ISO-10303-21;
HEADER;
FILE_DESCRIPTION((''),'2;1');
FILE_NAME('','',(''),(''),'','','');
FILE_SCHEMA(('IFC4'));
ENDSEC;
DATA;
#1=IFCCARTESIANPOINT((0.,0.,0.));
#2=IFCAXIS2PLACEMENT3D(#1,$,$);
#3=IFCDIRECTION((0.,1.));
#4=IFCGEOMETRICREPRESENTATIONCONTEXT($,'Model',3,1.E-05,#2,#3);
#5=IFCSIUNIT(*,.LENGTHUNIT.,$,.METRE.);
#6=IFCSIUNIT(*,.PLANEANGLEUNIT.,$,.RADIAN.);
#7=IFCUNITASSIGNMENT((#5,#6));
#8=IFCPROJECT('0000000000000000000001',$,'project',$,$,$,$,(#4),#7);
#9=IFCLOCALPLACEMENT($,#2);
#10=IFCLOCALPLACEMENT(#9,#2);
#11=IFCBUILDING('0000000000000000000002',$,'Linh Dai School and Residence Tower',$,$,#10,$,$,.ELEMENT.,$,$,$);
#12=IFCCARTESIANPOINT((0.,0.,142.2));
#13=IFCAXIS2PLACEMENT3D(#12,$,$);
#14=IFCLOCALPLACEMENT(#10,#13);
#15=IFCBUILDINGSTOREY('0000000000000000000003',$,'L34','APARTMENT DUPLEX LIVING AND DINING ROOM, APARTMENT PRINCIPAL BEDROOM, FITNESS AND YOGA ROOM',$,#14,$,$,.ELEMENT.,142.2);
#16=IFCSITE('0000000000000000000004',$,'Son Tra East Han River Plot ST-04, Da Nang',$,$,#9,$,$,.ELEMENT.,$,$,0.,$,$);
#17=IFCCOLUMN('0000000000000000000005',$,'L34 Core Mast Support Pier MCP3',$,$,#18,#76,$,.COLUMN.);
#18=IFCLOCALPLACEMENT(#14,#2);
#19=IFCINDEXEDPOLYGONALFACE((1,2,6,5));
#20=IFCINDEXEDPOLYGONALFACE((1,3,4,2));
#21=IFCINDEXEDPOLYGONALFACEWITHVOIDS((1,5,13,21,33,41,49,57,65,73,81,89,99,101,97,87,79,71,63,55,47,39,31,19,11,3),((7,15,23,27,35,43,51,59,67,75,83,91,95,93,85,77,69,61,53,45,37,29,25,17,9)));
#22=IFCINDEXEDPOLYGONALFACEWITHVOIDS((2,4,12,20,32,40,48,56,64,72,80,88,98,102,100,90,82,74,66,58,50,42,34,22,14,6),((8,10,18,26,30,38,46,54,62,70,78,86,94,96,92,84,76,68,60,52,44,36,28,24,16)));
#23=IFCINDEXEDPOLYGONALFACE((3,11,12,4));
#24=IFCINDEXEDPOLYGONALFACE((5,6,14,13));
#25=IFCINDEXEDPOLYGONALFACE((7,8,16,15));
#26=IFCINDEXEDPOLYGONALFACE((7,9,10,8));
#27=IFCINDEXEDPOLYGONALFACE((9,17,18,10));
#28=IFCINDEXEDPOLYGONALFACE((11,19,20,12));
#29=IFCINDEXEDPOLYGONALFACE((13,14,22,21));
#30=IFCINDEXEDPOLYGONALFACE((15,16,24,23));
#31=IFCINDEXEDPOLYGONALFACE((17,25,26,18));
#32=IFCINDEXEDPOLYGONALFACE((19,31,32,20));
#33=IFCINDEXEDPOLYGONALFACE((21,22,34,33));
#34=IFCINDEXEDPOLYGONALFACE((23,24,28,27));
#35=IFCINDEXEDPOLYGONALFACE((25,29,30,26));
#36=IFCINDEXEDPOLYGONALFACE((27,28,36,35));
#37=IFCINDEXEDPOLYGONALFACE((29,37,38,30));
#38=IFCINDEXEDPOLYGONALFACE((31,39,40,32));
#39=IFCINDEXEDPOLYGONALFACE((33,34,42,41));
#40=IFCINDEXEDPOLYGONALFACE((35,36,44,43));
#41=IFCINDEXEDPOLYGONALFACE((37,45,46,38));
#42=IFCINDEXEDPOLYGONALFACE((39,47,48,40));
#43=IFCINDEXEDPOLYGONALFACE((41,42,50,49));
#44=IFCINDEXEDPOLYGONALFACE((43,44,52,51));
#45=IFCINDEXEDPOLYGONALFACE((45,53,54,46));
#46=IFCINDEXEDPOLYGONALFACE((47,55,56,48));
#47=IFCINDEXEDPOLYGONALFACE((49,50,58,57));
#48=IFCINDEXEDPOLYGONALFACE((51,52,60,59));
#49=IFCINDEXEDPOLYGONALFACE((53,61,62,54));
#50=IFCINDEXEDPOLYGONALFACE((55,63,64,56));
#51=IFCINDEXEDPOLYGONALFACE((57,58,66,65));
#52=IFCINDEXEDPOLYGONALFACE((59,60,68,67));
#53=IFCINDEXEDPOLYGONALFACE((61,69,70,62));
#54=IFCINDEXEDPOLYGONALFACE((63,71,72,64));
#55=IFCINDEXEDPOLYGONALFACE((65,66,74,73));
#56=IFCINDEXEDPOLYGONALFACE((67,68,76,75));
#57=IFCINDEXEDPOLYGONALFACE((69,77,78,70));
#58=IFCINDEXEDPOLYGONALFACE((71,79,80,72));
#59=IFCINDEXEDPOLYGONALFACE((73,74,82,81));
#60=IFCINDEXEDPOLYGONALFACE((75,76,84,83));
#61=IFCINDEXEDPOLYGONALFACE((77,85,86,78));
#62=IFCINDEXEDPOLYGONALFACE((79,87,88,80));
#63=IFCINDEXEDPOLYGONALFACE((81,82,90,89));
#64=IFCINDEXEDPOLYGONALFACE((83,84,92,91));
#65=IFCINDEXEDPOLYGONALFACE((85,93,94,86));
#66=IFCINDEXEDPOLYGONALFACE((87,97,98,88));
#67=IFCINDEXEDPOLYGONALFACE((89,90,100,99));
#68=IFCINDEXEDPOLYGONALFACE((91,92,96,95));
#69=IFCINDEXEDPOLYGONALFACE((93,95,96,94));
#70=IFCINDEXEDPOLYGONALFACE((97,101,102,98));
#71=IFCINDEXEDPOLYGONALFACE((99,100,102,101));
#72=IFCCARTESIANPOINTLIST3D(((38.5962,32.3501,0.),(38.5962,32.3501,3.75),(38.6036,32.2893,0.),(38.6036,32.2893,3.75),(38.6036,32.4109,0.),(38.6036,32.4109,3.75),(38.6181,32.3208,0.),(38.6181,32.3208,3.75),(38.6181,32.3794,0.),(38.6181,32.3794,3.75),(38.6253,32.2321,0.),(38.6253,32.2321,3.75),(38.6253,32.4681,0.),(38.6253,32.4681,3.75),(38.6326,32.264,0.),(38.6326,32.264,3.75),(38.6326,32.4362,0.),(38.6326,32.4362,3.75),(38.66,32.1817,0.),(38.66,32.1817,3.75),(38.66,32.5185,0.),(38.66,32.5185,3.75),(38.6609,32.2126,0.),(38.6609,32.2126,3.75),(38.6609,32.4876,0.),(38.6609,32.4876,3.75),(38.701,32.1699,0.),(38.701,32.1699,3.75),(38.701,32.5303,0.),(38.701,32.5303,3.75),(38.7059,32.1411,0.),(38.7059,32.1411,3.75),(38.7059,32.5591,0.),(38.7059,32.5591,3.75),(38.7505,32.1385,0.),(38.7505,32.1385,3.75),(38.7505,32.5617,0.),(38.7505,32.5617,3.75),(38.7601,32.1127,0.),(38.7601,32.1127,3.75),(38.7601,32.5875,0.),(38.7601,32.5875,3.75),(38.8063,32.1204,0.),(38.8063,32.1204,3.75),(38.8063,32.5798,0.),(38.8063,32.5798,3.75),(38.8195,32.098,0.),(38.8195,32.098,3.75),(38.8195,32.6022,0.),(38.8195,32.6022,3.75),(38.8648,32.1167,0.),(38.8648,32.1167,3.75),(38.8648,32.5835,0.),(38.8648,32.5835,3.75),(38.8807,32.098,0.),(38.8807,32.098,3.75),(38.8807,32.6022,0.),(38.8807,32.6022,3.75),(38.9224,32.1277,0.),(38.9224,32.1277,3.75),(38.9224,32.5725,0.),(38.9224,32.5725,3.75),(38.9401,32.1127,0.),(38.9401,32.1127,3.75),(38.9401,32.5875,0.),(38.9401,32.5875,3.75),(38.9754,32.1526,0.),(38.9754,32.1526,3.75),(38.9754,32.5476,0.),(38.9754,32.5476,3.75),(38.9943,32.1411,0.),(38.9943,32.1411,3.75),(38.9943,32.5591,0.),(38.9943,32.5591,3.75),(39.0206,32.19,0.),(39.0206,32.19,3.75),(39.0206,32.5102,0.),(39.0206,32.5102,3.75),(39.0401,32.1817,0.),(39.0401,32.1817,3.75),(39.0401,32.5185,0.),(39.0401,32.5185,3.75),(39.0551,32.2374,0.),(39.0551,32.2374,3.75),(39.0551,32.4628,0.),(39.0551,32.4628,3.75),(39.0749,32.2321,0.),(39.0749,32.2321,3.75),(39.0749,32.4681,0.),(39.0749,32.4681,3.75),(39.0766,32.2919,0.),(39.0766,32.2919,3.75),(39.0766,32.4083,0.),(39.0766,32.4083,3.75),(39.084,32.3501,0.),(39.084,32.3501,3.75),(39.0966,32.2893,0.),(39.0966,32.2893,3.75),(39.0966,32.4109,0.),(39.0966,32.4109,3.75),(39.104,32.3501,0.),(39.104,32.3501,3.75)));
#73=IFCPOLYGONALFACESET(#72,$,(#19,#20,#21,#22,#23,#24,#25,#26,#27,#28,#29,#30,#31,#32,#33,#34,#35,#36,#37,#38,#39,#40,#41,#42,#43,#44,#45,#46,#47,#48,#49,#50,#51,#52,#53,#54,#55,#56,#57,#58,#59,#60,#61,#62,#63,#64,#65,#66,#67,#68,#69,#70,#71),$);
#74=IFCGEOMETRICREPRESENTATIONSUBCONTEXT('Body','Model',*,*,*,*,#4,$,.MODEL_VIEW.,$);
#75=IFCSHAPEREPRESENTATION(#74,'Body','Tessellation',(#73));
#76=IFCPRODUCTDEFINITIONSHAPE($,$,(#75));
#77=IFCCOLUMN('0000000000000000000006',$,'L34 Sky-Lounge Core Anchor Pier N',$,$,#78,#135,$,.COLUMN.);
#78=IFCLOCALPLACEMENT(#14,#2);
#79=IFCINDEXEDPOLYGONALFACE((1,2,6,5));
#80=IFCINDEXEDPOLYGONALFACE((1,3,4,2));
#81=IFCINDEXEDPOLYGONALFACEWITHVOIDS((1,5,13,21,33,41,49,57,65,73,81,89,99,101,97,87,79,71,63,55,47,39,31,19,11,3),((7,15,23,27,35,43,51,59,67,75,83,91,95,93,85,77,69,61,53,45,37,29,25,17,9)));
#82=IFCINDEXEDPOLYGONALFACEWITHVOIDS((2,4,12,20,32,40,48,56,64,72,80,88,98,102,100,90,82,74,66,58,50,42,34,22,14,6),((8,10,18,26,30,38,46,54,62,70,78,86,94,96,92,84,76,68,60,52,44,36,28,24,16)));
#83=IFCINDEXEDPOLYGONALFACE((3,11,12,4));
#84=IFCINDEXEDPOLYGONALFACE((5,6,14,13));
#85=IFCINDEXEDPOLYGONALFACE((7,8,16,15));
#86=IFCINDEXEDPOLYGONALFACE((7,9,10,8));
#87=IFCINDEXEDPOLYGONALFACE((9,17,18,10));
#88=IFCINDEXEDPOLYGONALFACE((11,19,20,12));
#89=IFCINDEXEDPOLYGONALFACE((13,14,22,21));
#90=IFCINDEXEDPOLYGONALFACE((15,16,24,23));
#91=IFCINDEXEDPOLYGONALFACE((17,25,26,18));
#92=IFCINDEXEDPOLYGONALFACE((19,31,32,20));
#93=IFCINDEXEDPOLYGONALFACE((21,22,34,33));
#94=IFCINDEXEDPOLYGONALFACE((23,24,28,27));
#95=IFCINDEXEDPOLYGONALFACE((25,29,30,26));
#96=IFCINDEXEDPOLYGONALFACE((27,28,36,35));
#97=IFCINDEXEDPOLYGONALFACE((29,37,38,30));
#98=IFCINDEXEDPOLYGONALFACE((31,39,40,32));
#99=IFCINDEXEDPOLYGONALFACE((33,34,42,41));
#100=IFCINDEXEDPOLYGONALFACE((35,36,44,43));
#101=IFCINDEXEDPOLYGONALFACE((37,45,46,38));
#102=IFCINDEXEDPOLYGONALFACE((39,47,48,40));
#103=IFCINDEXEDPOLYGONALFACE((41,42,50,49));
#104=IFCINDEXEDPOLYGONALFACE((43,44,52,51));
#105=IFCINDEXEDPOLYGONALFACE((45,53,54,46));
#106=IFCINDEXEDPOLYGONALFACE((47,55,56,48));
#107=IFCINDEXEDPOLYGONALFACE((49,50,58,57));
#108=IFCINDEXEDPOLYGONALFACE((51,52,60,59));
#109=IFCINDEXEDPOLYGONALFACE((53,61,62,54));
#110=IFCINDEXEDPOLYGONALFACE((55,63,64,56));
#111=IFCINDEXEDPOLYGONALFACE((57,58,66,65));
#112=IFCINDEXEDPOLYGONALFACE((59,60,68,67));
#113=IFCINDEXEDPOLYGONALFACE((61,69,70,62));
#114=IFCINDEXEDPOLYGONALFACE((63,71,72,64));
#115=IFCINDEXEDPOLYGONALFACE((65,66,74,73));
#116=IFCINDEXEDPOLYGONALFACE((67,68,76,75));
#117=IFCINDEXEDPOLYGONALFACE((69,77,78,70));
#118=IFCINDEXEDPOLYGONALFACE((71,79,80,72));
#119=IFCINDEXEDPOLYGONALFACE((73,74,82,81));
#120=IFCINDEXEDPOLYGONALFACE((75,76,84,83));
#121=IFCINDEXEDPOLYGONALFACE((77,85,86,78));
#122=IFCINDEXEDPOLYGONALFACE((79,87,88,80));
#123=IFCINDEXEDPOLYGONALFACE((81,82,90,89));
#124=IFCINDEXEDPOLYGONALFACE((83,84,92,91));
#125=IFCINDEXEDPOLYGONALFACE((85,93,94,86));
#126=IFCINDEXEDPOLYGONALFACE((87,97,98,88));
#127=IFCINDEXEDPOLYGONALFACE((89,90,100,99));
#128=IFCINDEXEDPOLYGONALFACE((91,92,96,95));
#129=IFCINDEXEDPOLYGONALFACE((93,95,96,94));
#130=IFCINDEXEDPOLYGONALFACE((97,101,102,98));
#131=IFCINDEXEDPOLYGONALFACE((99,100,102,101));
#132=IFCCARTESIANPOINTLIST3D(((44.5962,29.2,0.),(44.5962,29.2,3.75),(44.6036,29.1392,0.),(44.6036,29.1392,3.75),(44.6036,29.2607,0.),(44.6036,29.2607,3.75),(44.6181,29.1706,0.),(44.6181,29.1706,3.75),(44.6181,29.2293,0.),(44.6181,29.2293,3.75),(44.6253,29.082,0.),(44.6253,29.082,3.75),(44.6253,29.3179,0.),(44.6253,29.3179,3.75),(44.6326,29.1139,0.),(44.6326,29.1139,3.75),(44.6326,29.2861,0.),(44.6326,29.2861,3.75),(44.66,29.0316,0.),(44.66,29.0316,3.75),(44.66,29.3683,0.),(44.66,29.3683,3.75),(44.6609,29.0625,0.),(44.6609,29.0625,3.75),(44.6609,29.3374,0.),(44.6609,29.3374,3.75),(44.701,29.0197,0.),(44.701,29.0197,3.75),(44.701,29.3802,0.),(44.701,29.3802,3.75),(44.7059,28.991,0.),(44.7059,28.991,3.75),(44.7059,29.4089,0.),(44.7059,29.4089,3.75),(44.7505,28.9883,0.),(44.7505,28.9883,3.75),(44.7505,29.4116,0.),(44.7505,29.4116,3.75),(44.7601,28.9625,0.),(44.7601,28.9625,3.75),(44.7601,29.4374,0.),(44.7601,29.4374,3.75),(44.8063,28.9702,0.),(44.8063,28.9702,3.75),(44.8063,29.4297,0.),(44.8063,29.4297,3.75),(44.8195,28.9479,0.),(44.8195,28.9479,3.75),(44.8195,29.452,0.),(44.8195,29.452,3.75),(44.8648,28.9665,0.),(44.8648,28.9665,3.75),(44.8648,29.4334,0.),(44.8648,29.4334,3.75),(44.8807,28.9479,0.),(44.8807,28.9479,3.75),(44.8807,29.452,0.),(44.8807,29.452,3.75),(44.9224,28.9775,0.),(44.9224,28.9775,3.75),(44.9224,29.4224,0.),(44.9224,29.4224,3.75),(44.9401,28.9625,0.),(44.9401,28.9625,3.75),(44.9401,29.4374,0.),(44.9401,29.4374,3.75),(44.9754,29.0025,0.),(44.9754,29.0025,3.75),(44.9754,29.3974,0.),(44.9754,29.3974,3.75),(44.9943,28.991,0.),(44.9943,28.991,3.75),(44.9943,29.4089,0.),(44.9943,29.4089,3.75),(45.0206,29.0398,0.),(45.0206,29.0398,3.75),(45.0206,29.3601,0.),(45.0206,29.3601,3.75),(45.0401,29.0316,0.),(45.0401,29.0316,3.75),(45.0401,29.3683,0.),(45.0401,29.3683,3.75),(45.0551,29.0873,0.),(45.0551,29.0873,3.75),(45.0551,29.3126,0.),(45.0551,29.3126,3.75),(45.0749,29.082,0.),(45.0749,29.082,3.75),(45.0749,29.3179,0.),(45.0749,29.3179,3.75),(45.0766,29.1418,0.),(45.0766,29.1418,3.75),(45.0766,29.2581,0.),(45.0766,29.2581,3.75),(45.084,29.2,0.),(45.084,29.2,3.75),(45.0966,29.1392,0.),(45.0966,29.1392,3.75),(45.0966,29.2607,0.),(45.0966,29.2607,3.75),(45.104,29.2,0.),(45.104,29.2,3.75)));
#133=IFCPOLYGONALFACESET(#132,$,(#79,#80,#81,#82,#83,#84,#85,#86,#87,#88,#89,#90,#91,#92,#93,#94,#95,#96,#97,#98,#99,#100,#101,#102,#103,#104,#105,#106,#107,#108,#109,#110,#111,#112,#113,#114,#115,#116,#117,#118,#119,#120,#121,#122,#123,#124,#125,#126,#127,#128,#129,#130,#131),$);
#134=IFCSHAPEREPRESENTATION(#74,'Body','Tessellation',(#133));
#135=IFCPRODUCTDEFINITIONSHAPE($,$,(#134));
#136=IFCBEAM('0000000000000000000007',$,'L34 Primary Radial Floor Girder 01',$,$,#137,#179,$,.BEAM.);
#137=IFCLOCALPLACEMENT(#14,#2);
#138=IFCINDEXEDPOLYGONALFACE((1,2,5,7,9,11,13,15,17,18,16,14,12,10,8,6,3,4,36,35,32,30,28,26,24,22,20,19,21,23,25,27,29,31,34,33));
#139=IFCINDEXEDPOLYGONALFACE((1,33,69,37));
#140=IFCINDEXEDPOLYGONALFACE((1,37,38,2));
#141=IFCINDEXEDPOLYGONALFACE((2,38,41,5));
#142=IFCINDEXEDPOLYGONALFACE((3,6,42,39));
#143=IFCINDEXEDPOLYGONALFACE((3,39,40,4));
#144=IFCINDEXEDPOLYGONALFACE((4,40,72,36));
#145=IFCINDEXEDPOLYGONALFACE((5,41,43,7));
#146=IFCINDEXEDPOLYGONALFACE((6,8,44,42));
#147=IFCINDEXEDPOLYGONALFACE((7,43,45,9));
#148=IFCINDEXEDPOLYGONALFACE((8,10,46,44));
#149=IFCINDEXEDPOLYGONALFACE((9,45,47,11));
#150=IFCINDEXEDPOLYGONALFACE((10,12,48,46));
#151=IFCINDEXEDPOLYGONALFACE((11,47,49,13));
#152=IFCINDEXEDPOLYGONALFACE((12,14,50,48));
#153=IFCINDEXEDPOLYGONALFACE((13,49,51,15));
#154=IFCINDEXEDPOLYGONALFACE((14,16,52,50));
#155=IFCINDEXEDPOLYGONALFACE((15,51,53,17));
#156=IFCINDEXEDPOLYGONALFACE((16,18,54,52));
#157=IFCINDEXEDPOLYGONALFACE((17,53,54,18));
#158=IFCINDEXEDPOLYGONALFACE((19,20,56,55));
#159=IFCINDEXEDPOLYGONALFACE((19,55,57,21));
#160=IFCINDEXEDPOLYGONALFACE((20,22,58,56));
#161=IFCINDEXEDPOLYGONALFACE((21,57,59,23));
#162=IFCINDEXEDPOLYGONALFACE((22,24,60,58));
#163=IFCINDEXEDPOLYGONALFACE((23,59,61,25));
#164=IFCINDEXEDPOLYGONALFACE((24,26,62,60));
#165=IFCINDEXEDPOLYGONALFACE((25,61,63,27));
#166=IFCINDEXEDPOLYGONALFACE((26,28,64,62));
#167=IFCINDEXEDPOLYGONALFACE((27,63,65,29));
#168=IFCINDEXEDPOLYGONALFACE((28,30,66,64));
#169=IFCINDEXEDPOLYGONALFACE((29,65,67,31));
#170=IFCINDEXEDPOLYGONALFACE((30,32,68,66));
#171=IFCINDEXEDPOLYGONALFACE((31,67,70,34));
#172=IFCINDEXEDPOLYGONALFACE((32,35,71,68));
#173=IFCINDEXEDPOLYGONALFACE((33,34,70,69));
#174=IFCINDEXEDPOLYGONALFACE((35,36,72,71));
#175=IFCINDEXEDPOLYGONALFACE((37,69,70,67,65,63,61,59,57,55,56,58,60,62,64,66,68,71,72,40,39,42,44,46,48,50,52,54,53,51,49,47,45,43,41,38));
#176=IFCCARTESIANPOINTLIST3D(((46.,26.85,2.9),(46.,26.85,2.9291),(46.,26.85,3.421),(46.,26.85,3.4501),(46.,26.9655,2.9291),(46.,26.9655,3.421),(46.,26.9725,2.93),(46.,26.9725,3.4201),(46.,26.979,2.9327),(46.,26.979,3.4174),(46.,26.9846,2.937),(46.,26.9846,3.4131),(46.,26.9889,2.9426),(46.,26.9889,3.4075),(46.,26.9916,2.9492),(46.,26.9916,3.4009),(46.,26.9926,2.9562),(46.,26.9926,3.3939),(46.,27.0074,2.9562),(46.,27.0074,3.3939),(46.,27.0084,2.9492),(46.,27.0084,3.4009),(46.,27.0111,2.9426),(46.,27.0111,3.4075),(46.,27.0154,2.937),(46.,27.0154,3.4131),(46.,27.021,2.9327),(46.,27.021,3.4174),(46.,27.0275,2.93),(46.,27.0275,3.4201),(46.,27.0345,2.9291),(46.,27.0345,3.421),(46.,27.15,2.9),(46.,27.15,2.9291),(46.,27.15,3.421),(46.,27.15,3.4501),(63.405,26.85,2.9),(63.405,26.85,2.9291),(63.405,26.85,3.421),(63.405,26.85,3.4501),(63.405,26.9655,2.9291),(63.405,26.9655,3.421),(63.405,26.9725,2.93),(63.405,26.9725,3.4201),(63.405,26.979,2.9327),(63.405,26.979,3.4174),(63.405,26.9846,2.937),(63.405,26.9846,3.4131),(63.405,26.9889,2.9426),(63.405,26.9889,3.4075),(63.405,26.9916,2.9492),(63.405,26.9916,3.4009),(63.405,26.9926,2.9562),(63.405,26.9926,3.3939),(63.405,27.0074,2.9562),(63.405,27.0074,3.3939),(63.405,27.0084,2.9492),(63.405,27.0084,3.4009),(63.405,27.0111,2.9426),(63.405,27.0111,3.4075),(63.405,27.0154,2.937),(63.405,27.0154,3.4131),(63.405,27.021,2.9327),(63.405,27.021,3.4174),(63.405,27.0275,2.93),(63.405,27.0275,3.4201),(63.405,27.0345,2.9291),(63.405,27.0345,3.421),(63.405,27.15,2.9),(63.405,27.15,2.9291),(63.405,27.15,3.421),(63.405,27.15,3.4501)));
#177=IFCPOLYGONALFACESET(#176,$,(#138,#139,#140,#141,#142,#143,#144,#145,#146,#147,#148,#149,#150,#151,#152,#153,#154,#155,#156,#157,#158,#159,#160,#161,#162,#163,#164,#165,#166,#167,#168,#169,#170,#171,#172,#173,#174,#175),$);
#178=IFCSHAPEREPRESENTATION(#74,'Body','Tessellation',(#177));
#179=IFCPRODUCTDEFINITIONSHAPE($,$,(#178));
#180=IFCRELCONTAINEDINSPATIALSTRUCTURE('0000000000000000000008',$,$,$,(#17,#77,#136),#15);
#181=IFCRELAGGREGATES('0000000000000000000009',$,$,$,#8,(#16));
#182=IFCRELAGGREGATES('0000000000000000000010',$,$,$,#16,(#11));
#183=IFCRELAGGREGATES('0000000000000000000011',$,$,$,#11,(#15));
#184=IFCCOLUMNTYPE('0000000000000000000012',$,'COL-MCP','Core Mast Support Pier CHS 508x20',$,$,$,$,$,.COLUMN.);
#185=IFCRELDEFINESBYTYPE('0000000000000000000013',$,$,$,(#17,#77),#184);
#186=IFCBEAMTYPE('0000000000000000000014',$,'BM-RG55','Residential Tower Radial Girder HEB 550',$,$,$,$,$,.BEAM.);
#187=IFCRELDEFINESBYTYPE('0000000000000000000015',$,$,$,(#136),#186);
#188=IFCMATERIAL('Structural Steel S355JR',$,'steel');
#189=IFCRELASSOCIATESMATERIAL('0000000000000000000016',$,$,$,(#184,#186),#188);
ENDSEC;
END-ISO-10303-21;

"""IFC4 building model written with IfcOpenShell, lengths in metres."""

from ifc_helpers import new_model, si_unit, direction, frame, origin, origin_2d, place, context, subcontext, project, spatial, hollow_circle, i_section, extrude, material, material_profile, profile_set, type_object, element, save


model = new_model("IFC4")

# Units and contexts
model_context = context("Model", 3, precision=1e-05, world=origin(), true_north=direction((0.0, 1.0)))
body_context = subcontext(model_context, "Body", "Model", "MODEL_VIEW")
ifc_project = project(units=[si_unit("LENGTHUNIT", "METRE"), si_unit("PLANEANGLEUNIT", "RADIAN")], contexts=[model_context])

# Site, building, storey
site_placement = place(None, origin())
site = spatial("IfcSite", under=ifc_project, at=site_placement, Name="Son Tra East Han River Plot ST-04, Da Nang", CompositionType="ELEMENT", RefElevation=0.0)
building_placement = place(site_placement, origin())
building = spatial("IfcBuilding", under=site, at=building_placement, Name="Linh Dai School and Residence Tower", CompositionType="ELEMENT")
storey_placement = place(building_placement, frame((0.0, 0.0, 142.2)))
storey = spatial("IfcBuildingStorey", under=building, at=storey_placement, Name="L34", Description="APARTMENT DUPLEX LIVING AND DINING ROOM, APARTMENT PRINCIPAL BEDROOM, FITNESS AND YOGA ROOM", CompositionType="ELEMENT", Elevation=142.2)

# Columns
ifc_material_1 = material(Name="Structural Steel S355JR", Category="steel")
ifc_material_profile_1 = material_profile(ifc_material_1, hollow_circle(Radius=0.2539, WallThickness=0.02, at=origin_2d()), Name="CHS 508x20")
ifc_profile_set_1 = profile_set([ifc_material_profile_1], Name="Structural Steel S355JR")
column_type_1 = type_object("IfcColumnType", Name="COL-MCP", Description="Core Mast Support Pier CHS 508x20", PredefinedType="COLUMN", material=ifc_profile_set_1)
for number, where, z_axis, x_axis, name in (
    (1, (38.8501, 32.3501, 0.0), (0.0, 0.0, 1.0), (1.0, 0.0, 0.0), "L34 Core Mast Support Pier MCP3"),
    (2, (44.8501, 29.2, 0.0), (0.0, 0.0, 1.0), (1.0, 0.0, 0.0), "L34 Sky-Lounge Core Anchor Pier N"),
):
    element("IfcColumn", number, at=place(storey_placement, frame(where, z_axis=z_axis, x_axis=x_axis)), inside=storey, type_object=column_type_1, Name=name, PredefinedType="COLUMN", context=body_context, shape_type="SweptSolid", body=[
        extrude(hollow_circle(Radius=0.2539, WallThickness=0.02, at=origin_2d()), origin(), (0.0, 0.0, 1.0), 3.75),
    ])

# Beam
ifc_material_profile_2 = material_profile(ifc_material_1, i_section(OverallWidth=0.3, OverallDepth=0.55, WebThickness=0.0149, FlangeThickness=0.0291, FilletRadius=0.0271, at=origin_2d()), Name="HEB 550")
ifc_profile_set_2 = profile_set([ifc_material_profile_2], Name="Structural Steel S355JR")
beam_type_1 = type_object("IfcBeamType", Name="BM-RG55", Description="Residential Tower Radial Girder HEB 550", PredefinedType="BEAM", material=ifc_profile_set_2)
beam_1_placement = place(storey_placement, frame((46.0, 27.0, 3.175), z_axis=(1.0, 0.0, 0.0), x_axis=(0.0, 1.0, 0.0)))
element("IfcBeam", 3, at=beam_1_placement, inside=storey, type_object=beam_type_1, Name="L34 Primary Radial Floor Girder 01", PredefinedType="BEAM", context=body_context, shape_type="SweptSolid", body=[
    extrude(i_section(OverallWidth=0.3, OverallDepth=0.55, WebThickness=0.0149, FlangeThickness=0.0291, FilletRadius=0.0271, at=origin_2d()), origin(), (0.0, 0.0, 1.0), 17.405),
])

save(model, "model.ifc")
